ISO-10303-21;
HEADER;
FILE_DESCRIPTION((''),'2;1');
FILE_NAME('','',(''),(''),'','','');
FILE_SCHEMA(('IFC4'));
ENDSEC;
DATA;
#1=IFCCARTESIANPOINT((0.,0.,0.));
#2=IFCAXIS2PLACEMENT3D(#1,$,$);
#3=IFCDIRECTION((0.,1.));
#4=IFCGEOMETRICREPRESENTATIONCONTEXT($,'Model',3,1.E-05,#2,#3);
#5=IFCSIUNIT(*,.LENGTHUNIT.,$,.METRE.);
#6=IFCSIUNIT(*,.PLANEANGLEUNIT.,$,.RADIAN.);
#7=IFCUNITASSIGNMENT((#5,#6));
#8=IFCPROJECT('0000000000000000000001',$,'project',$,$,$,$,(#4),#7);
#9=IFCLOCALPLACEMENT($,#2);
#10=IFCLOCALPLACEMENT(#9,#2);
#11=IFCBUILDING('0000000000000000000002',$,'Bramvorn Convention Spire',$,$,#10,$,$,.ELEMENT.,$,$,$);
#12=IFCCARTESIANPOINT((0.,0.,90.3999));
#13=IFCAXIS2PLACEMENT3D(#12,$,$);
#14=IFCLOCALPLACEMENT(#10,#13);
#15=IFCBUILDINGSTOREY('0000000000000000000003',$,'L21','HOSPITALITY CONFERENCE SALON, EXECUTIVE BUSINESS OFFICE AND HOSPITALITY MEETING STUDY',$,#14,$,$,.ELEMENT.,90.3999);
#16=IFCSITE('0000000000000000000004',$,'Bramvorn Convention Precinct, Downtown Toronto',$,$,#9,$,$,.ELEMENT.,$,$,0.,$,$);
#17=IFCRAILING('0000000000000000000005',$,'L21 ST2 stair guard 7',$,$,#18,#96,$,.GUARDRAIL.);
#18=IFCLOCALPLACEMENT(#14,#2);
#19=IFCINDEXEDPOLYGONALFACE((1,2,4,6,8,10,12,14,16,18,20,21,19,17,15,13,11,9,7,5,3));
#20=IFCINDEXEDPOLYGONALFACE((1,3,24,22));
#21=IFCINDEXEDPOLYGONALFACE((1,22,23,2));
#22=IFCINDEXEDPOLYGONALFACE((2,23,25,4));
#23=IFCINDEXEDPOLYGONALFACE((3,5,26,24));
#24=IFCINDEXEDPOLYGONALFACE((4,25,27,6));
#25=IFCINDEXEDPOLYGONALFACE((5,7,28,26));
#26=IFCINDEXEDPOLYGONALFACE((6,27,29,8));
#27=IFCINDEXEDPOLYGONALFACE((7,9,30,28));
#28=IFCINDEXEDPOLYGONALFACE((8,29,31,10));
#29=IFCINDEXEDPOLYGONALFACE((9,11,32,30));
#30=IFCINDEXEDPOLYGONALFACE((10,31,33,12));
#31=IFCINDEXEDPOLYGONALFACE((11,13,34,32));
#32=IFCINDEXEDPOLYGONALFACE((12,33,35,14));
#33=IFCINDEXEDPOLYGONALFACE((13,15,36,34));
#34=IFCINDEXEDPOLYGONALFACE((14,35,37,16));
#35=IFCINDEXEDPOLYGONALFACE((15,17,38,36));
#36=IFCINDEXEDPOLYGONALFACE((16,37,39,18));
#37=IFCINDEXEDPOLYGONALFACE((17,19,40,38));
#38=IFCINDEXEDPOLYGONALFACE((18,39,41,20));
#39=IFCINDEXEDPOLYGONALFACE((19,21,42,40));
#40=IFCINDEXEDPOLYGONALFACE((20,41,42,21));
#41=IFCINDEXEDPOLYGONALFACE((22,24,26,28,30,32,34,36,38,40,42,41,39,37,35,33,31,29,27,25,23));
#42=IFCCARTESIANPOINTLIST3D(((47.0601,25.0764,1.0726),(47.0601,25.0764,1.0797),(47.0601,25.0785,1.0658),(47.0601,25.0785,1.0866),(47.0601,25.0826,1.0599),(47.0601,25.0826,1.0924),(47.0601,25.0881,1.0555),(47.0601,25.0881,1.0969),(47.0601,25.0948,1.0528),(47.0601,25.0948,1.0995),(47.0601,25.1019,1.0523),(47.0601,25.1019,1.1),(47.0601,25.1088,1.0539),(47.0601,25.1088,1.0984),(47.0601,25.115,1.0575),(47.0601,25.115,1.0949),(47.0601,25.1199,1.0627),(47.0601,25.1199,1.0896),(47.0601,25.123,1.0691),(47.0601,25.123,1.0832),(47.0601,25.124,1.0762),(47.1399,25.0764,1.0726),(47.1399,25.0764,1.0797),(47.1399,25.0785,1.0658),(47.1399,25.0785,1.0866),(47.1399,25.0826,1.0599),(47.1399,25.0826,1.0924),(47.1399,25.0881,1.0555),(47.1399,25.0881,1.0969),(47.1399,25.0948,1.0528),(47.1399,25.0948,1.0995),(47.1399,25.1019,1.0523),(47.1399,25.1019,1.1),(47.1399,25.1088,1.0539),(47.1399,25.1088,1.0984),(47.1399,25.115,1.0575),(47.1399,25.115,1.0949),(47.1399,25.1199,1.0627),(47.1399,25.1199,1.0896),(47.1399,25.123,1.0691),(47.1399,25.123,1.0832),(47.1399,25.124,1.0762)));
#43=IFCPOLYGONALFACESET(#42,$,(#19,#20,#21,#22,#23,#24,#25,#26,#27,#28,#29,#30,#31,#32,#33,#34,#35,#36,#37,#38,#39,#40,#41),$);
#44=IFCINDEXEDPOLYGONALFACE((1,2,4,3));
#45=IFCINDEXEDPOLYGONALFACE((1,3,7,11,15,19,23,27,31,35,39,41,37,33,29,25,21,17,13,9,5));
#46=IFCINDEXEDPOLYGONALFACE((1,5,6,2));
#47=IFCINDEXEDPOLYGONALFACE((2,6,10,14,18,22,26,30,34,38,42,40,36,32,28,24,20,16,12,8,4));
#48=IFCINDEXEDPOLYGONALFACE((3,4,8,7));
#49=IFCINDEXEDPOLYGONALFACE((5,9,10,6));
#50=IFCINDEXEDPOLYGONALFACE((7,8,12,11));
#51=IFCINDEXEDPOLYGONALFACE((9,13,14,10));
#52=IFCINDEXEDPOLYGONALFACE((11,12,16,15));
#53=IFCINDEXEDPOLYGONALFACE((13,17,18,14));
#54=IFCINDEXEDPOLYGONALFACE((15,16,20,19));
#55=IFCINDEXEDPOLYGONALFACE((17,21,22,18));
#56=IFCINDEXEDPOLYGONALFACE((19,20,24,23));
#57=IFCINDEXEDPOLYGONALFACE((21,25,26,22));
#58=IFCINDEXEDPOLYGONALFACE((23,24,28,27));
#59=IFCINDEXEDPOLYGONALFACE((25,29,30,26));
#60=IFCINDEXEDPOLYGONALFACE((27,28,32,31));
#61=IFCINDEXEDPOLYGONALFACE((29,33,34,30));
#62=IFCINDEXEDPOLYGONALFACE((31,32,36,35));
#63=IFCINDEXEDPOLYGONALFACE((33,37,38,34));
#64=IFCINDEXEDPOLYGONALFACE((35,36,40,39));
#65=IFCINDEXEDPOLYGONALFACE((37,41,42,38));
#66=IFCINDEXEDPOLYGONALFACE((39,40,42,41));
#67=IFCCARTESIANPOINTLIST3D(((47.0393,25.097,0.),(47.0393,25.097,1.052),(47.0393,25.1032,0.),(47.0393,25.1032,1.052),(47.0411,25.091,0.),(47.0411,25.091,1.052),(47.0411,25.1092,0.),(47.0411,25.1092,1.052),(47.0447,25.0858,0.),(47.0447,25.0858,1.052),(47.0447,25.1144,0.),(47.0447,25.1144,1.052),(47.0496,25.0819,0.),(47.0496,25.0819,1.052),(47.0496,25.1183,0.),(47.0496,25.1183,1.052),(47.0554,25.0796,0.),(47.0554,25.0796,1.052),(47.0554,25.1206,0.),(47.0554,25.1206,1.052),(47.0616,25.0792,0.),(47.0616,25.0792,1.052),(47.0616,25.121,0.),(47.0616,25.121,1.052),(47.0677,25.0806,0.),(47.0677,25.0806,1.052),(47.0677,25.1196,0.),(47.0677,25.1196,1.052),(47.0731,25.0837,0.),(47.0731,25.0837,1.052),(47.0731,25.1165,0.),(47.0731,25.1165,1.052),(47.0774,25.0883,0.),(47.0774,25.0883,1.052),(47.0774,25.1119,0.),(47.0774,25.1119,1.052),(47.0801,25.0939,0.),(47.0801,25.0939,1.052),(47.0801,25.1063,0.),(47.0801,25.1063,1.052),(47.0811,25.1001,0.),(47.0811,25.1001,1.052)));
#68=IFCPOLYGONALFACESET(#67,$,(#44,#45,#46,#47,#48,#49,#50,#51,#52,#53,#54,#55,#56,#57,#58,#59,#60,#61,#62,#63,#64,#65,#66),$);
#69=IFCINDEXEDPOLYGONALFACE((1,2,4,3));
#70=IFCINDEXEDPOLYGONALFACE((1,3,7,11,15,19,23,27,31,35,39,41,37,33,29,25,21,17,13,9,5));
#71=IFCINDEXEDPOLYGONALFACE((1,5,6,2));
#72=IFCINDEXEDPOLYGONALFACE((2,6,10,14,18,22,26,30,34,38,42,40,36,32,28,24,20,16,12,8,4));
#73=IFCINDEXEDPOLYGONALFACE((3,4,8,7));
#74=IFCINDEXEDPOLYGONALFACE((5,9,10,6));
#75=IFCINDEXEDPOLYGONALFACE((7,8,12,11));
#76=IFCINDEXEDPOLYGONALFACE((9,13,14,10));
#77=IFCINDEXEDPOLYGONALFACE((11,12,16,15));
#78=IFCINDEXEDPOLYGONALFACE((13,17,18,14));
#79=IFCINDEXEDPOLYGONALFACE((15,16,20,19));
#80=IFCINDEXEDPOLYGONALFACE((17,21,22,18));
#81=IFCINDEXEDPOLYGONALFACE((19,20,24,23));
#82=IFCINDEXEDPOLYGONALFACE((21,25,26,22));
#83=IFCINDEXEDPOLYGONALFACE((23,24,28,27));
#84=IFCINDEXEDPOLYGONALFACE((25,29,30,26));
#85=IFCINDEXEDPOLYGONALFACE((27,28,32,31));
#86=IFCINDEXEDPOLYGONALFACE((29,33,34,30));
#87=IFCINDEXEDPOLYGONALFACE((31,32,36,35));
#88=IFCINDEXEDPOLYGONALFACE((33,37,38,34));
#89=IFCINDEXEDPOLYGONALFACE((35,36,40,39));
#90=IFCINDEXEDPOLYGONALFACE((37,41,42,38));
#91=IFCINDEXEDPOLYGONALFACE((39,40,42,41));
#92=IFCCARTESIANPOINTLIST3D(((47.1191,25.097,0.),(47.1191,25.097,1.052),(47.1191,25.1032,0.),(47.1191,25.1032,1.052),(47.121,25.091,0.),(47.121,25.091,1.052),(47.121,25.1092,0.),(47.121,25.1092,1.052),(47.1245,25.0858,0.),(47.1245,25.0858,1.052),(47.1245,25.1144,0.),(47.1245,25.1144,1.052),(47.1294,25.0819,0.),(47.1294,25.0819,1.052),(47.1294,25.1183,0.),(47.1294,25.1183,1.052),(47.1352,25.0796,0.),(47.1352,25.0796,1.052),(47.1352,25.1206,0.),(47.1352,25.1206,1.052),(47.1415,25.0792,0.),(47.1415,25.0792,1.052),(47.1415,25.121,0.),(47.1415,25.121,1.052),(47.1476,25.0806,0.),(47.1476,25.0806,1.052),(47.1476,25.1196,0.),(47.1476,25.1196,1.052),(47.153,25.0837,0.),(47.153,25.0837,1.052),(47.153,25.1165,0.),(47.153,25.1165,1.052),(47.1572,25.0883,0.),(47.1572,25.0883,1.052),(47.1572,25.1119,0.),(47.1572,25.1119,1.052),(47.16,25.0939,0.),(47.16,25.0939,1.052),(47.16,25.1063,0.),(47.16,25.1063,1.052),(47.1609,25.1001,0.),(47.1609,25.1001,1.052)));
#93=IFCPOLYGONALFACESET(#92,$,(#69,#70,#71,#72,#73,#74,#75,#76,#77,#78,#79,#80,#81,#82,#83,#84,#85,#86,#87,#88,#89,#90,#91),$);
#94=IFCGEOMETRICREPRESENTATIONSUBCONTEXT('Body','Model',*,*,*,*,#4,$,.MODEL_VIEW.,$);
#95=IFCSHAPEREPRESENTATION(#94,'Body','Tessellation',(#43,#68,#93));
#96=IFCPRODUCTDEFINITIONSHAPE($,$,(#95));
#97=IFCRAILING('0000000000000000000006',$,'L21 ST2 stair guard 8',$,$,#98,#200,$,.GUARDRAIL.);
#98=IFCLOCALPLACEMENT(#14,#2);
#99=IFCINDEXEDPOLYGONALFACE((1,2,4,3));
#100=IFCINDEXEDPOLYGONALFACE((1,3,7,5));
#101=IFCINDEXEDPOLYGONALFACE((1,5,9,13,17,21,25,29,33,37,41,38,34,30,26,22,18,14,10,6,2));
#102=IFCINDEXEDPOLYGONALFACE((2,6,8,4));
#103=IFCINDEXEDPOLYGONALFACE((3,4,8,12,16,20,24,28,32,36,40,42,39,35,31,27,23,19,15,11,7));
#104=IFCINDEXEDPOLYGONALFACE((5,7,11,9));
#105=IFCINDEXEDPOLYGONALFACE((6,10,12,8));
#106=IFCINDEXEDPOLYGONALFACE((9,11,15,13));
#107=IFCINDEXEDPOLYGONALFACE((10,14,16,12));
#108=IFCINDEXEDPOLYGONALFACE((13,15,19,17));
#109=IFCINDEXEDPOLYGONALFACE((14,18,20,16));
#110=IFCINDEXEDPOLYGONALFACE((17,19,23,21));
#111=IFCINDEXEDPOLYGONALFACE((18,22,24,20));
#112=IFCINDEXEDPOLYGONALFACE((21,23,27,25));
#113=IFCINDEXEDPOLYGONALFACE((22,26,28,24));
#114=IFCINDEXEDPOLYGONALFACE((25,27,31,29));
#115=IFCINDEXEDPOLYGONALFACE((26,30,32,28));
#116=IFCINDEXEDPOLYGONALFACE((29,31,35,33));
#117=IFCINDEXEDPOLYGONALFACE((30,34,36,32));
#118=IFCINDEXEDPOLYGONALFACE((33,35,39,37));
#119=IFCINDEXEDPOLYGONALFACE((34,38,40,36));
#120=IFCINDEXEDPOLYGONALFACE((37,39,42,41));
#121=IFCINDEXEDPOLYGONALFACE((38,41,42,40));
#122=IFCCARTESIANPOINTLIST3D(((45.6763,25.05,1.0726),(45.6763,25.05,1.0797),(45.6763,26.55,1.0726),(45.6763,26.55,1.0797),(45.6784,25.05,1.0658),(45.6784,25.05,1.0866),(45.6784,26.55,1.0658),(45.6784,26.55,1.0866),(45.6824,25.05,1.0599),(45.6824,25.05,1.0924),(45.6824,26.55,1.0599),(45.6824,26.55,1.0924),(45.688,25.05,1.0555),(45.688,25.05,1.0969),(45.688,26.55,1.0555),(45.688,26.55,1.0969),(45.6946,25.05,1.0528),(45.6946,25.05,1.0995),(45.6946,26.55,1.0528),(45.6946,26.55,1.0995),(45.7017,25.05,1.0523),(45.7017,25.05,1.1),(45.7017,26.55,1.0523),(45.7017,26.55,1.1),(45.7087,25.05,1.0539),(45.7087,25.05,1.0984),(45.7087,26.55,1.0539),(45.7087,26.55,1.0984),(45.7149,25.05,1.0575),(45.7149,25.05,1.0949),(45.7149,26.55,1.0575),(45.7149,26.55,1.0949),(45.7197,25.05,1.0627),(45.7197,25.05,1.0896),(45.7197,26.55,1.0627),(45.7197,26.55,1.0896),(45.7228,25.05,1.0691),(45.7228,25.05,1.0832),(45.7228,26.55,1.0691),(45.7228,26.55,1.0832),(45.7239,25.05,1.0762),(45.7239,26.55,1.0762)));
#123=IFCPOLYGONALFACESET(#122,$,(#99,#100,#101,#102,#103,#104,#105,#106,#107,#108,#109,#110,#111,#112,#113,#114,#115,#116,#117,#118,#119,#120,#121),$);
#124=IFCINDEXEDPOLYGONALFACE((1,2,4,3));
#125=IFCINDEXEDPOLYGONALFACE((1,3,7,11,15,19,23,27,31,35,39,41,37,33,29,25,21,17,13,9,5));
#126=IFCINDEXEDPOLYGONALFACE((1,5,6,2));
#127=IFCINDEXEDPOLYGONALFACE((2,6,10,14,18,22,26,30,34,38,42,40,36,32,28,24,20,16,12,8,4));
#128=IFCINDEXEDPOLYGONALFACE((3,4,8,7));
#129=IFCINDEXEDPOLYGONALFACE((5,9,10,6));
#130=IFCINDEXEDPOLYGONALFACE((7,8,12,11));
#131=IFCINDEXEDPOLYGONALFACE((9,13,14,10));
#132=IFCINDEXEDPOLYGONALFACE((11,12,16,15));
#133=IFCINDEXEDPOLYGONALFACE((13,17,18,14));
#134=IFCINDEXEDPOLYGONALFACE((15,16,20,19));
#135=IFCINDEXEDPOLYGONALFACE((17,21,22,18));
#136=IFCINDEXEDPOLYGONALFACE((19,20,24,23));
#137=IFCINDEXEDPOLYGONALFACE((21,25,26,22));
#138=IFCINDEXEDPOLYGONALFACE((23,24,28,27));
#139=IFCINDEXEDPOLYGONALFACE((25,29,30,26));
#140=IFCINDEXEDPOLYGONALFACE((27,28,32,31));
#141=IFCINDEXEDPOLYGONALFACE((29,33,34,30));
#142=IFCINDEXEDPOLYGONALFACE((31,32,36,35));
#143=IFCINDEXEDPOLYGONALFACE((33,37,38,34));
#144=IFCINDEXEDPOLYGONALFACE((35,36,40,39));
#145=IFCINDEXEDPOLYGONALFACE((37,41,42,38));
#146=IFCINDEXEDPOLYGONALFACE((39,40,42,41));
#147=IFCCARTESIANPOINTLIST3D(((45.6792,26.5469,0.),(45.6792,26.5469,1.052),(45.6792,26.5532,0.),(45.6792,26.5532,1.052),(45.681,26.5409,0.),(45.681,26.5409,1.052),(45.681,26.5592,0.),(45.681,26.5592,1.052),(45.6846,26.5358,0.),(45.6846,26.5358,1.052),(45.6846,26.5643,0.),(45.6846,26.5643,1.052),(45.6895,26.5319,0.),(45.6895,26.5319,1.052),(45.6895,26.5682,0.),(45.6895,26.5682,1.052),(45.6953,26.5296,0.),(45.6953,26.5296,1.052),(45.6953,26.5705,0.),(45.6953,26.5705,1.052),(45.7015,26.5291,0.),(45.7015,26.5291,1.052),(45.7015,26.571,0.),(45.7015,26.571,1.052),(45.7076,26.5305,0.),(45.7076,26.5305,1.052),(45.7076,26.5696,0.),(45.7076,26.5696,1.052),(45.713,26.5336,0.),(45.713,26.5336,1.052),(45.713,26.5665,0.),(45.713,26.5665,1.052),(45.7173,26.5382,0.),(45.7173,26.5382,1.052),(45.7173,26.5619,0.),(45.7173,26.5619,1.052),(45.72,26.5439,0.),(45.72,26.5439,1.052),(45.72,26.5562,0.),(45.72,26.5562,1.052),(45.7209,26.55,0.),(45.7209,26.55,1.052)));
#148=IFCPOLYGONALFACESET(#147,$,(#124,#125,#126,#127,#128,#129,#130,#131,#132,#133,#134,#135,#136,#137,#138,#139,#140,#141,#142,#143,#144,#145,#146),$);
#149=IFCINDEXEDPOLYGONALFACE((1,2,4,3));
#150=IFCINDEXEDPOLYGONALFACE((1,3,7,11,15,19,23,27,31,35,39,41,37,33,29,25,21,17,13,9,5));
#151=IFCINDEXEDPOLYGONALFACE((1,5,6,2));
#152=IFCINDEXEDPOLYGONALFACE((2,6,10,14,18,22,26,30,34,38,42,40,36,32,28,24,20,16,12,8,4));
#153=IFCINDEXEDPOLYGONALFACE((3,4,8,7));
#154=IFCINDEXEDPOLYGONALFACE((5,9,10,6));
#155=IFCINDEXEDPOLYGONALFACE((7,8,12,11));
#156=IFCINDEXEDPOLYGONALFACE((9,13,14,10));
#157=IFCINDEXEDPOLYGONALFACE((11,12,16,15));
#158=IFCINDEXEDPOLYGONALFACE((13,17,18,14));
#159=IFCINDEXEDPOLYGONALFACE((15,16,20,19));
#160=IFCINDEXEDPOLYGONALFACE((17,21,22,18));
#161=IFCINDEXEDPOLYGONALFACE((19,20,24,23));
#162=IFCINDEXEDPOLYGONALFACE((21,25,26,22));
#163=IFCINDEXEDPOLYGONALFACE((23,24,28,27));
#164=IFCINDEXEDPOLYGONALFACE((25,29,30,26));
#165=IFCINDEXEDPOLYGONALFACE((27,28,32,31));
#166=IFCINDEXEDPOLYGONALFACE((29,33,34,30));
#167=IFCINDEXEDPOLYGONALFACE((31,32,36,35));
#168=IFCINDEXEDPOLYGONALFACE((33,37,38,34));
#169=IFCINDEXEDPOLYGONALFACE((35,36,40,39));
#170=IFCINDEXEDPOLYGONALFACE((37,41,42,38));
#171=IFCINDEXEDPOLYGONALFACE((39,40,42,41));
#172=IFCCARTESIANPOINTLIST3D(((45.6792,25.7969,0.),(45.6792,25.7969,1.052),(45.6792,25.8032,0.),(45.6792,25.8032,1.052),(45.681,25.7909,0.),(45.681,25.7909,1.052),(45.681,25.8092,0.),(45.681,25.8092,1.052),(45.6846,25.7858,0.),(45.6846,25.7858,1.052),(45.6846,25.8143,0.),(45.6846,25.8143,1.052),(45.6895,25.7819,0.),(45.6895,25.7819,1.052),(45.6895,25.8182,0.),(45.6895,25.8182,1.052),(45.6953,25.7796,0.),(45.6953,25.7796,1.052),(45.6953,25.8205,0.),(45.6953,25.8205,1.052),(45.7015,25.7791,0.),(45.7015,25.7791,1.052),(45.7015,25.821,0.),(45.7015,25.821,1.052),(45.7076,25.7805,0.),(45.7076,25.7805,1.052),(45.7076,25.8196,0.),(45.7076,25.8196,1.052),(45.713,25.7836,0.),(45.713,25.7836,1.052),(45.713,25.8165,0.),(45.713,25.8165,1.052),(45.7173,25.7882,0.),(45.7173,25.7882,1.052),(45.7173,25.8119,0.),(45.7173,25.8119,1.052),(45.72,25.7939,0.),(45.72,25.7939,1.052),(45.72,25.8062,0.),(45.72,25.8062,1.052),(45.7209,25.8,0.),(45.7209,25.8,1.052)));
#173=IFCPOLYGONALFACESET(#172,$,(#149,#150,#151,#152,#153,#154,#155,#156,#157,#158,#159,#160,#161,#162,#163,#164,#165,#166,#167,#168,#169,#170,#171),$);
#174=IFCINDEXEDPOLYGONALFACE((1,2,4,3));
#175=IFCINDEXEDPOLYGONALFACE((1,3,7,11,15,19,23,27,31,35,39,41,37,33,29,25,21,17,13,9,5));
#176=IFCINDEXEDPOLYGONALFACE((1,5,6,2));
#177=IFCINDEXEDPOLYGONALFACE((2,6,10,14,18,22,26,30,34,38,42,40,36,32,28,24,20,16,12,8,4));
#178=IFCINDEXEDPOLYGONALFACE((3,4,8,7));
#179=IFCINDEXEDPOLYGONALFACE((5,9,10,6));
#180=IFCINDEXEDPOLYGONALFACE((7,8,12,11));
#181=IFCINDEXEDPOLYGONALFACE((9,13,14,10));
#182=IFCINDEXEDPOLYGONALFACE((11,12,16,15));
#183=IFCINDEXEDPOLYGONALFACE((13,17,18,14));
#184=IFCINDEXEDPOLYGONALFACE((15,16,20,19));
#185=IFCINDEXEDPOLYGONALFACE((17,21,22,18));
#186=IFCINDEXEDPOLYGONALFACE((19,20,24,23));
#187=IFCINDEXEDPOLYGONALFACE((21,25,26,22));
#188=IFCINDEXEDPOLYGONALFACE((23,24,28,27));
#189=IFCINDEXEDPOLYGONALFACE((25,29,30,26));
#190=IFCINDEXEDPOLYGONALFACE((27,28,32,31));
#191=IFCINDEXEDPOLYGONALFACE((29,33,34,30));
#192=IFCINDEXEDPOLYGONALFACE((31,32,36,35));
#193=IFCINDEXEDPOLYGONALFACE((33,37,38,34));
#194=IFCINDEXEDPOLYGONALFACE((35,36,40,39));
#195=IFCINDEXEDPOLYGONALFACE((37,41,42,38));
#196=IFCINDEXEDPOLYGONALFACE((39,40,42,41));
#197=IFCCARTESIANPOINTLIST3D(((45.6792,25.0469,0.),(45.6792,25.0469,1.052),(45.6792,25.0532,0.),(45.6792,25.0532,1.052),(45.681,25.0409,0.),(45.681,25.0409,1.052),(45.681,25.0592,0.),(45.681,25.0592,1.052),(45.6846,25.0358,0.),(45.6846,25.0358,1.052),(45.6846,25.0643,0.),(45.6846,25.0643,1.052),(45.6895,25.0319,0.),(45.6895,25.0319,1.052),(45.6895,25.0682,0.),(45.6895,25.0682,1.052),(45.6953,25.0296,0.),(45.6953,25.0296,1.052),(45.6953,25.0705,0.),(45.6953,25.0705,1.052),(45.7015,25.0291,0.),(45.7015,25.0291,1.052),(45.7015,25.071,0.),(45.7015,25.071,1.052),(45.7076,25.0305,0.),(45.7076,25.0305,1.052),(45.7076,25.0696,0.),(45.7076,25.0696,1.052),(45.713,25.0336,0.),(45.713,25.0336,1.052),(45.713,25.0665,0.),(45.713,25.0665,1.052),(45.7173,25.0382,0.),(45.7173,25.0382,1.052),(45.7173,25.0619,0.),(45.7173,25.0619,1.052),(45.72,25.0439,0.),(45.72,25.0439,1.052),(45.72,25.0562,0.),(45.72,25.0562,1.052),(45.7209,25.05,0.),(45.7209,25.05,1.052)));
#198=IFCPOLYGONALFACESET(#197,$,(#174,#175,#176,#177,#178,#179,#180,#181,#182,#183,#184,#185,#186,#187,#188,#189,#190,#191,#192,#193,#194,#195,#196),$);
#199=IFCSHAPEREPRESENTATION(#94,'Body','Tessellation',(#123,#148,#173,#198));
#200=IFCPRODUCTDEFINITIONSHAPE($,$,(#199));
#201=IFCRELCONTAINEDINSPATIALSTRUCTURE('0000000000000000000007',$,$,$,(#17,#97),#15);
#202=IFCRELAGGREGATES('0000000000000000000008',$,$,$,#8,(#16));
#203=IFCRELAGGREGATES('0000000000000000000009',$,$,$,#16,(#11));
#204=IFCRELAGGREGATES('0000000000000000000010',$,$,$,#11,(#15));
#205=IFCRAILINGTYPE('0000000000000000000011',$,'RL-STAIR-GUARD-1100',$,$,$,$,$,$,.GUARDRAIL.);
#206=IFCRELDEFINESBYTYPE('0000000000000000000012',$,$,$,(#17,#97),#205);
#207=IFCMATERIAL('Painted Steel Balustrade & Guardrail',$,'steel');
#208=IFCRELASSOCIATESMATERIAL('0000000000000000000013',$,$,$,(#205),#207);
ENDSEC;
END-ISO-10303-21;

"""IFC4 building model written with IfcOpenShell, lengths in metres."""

from ifc_helpers import new_model, si_unit, direction, frame, origin, origin_2d, place, context, subcontext, project, spatial, circle, extrude, material, type_object, element, save


model = new_model("IFC4")

# Units and contexts
model_context = context("Model", 3, precision=1e-05, world=origin(), true_north=direction((0.0, 1.0)))
body_context = subcontext(model_context, "Body", "Model", "MODEL_VIEW")
ifc_project = project(units=[si_unit("LENGTHUNIT", "METRE"), si_unit("PLANEANGLEUNIT", "RADIAN")], contexts=[model_context])

# Site, building, storey
site_placement = place(None, origin())
site = spatial("IfcSite", under=ifc_project, at=site_placement, Name="Bramvorn Convention Precinct, Downtown Toronto", CompositionType="ELEMENT", RefElevation=0.0)
building_placement = place(site_placement, origin())
building = spatial("IfcBuilding", under=site, at=building_placement, Name="Bramvorn Convention Spire", CompositionType="ELEMENT")
storey_placement = place(building_placement, frame((0.0, 0.0, 90.3999)))
storey = spatial("IfcBuildingStorey", under=building, at=storey_placement, Name="L21", Description="HOSPITALITY CONFERENCE SALON, EXECUTIVE BUSINESS OFFICE AND HOSPITALITY MEETING STUDY", CompositionType="ELEMENT", Elevation=90.3999)

# Railings
ifc_material_1 = material(Name="Painted Steel Balustrade & Guardrail", Category="steel")
railing_type_1 = type_object("IfcRailingType", Name="RL-STAIR-GUARD-1100", PredefinedType="GUARDRAIL", material=ifc_material_1)
railing_1_placement = place(storey_placement, frame((47.0601, 25.1001, 0.0)))
element("IfcRailing", 1, at=railing_1_placement, inside=storey, type_object=railing_type_1, Name="L21 ST2 stair guard 7", PredefinedType="GUARDRAIL", context=body_context, shape_type="SweptSolid", body=[
    extrude(circle(Radius=0.0239, at=origin_2d()), frame((0.0, 0.0, 1.0762), z_axis=(1.0, 0.0, 0.0), x_axis=(0.0, 1.0, 0.0)), (0.0, 0.0, 1.0), 0.0798),
    extrude(circle(Radius=0.021, at=origin_2d()), origin(), (0.0, 0.0, 1.0), 1.052),
    extrude(circle(Radius=0.021, at=origin_2d()), frame((0.0798, 0.0, 0.0)), (0.0, 0.0, 1.0), 1.052),
])
railing_2_placement = place(storey_placement, frame((45.7, 26.55, 0.0)))
element("IfcRailing", 2, at=railing_2_placement, inside=storey, type_object=railing_type_1, Name="L21 ST2 stair guard 8", PredefinedType="GUARDRAIL", context=body_context, shape_type="SweptSolid", body=[
    extrude(circle(Radius=0.0239, at=origin_2d()), frame((0.0, 0.0, 1.0762), z_axis=(0.0, -1.0, 0.0), x_axis=(1.0, 0.0, 0.0)), (0.0, 0.0, 1.0), 1.5),
    extrude(circle(Radius=0.021, at=origin_2d()), origin(), (0.0, 0.0, 1.0), 1.052),
    extrude(circle(Radius=0.021, at=origin_2d()), frame((0.0, -0.75, 0.0)), (0.0, 0.0, 1.0), 1.052),
    extrude(circle(Radius=0.021, at=origin_2d()), frame((0.0, -1.5, 0.0)), (0.0, 0.0, 1.0), 1.052),
])

save(model, "model.ifc")
